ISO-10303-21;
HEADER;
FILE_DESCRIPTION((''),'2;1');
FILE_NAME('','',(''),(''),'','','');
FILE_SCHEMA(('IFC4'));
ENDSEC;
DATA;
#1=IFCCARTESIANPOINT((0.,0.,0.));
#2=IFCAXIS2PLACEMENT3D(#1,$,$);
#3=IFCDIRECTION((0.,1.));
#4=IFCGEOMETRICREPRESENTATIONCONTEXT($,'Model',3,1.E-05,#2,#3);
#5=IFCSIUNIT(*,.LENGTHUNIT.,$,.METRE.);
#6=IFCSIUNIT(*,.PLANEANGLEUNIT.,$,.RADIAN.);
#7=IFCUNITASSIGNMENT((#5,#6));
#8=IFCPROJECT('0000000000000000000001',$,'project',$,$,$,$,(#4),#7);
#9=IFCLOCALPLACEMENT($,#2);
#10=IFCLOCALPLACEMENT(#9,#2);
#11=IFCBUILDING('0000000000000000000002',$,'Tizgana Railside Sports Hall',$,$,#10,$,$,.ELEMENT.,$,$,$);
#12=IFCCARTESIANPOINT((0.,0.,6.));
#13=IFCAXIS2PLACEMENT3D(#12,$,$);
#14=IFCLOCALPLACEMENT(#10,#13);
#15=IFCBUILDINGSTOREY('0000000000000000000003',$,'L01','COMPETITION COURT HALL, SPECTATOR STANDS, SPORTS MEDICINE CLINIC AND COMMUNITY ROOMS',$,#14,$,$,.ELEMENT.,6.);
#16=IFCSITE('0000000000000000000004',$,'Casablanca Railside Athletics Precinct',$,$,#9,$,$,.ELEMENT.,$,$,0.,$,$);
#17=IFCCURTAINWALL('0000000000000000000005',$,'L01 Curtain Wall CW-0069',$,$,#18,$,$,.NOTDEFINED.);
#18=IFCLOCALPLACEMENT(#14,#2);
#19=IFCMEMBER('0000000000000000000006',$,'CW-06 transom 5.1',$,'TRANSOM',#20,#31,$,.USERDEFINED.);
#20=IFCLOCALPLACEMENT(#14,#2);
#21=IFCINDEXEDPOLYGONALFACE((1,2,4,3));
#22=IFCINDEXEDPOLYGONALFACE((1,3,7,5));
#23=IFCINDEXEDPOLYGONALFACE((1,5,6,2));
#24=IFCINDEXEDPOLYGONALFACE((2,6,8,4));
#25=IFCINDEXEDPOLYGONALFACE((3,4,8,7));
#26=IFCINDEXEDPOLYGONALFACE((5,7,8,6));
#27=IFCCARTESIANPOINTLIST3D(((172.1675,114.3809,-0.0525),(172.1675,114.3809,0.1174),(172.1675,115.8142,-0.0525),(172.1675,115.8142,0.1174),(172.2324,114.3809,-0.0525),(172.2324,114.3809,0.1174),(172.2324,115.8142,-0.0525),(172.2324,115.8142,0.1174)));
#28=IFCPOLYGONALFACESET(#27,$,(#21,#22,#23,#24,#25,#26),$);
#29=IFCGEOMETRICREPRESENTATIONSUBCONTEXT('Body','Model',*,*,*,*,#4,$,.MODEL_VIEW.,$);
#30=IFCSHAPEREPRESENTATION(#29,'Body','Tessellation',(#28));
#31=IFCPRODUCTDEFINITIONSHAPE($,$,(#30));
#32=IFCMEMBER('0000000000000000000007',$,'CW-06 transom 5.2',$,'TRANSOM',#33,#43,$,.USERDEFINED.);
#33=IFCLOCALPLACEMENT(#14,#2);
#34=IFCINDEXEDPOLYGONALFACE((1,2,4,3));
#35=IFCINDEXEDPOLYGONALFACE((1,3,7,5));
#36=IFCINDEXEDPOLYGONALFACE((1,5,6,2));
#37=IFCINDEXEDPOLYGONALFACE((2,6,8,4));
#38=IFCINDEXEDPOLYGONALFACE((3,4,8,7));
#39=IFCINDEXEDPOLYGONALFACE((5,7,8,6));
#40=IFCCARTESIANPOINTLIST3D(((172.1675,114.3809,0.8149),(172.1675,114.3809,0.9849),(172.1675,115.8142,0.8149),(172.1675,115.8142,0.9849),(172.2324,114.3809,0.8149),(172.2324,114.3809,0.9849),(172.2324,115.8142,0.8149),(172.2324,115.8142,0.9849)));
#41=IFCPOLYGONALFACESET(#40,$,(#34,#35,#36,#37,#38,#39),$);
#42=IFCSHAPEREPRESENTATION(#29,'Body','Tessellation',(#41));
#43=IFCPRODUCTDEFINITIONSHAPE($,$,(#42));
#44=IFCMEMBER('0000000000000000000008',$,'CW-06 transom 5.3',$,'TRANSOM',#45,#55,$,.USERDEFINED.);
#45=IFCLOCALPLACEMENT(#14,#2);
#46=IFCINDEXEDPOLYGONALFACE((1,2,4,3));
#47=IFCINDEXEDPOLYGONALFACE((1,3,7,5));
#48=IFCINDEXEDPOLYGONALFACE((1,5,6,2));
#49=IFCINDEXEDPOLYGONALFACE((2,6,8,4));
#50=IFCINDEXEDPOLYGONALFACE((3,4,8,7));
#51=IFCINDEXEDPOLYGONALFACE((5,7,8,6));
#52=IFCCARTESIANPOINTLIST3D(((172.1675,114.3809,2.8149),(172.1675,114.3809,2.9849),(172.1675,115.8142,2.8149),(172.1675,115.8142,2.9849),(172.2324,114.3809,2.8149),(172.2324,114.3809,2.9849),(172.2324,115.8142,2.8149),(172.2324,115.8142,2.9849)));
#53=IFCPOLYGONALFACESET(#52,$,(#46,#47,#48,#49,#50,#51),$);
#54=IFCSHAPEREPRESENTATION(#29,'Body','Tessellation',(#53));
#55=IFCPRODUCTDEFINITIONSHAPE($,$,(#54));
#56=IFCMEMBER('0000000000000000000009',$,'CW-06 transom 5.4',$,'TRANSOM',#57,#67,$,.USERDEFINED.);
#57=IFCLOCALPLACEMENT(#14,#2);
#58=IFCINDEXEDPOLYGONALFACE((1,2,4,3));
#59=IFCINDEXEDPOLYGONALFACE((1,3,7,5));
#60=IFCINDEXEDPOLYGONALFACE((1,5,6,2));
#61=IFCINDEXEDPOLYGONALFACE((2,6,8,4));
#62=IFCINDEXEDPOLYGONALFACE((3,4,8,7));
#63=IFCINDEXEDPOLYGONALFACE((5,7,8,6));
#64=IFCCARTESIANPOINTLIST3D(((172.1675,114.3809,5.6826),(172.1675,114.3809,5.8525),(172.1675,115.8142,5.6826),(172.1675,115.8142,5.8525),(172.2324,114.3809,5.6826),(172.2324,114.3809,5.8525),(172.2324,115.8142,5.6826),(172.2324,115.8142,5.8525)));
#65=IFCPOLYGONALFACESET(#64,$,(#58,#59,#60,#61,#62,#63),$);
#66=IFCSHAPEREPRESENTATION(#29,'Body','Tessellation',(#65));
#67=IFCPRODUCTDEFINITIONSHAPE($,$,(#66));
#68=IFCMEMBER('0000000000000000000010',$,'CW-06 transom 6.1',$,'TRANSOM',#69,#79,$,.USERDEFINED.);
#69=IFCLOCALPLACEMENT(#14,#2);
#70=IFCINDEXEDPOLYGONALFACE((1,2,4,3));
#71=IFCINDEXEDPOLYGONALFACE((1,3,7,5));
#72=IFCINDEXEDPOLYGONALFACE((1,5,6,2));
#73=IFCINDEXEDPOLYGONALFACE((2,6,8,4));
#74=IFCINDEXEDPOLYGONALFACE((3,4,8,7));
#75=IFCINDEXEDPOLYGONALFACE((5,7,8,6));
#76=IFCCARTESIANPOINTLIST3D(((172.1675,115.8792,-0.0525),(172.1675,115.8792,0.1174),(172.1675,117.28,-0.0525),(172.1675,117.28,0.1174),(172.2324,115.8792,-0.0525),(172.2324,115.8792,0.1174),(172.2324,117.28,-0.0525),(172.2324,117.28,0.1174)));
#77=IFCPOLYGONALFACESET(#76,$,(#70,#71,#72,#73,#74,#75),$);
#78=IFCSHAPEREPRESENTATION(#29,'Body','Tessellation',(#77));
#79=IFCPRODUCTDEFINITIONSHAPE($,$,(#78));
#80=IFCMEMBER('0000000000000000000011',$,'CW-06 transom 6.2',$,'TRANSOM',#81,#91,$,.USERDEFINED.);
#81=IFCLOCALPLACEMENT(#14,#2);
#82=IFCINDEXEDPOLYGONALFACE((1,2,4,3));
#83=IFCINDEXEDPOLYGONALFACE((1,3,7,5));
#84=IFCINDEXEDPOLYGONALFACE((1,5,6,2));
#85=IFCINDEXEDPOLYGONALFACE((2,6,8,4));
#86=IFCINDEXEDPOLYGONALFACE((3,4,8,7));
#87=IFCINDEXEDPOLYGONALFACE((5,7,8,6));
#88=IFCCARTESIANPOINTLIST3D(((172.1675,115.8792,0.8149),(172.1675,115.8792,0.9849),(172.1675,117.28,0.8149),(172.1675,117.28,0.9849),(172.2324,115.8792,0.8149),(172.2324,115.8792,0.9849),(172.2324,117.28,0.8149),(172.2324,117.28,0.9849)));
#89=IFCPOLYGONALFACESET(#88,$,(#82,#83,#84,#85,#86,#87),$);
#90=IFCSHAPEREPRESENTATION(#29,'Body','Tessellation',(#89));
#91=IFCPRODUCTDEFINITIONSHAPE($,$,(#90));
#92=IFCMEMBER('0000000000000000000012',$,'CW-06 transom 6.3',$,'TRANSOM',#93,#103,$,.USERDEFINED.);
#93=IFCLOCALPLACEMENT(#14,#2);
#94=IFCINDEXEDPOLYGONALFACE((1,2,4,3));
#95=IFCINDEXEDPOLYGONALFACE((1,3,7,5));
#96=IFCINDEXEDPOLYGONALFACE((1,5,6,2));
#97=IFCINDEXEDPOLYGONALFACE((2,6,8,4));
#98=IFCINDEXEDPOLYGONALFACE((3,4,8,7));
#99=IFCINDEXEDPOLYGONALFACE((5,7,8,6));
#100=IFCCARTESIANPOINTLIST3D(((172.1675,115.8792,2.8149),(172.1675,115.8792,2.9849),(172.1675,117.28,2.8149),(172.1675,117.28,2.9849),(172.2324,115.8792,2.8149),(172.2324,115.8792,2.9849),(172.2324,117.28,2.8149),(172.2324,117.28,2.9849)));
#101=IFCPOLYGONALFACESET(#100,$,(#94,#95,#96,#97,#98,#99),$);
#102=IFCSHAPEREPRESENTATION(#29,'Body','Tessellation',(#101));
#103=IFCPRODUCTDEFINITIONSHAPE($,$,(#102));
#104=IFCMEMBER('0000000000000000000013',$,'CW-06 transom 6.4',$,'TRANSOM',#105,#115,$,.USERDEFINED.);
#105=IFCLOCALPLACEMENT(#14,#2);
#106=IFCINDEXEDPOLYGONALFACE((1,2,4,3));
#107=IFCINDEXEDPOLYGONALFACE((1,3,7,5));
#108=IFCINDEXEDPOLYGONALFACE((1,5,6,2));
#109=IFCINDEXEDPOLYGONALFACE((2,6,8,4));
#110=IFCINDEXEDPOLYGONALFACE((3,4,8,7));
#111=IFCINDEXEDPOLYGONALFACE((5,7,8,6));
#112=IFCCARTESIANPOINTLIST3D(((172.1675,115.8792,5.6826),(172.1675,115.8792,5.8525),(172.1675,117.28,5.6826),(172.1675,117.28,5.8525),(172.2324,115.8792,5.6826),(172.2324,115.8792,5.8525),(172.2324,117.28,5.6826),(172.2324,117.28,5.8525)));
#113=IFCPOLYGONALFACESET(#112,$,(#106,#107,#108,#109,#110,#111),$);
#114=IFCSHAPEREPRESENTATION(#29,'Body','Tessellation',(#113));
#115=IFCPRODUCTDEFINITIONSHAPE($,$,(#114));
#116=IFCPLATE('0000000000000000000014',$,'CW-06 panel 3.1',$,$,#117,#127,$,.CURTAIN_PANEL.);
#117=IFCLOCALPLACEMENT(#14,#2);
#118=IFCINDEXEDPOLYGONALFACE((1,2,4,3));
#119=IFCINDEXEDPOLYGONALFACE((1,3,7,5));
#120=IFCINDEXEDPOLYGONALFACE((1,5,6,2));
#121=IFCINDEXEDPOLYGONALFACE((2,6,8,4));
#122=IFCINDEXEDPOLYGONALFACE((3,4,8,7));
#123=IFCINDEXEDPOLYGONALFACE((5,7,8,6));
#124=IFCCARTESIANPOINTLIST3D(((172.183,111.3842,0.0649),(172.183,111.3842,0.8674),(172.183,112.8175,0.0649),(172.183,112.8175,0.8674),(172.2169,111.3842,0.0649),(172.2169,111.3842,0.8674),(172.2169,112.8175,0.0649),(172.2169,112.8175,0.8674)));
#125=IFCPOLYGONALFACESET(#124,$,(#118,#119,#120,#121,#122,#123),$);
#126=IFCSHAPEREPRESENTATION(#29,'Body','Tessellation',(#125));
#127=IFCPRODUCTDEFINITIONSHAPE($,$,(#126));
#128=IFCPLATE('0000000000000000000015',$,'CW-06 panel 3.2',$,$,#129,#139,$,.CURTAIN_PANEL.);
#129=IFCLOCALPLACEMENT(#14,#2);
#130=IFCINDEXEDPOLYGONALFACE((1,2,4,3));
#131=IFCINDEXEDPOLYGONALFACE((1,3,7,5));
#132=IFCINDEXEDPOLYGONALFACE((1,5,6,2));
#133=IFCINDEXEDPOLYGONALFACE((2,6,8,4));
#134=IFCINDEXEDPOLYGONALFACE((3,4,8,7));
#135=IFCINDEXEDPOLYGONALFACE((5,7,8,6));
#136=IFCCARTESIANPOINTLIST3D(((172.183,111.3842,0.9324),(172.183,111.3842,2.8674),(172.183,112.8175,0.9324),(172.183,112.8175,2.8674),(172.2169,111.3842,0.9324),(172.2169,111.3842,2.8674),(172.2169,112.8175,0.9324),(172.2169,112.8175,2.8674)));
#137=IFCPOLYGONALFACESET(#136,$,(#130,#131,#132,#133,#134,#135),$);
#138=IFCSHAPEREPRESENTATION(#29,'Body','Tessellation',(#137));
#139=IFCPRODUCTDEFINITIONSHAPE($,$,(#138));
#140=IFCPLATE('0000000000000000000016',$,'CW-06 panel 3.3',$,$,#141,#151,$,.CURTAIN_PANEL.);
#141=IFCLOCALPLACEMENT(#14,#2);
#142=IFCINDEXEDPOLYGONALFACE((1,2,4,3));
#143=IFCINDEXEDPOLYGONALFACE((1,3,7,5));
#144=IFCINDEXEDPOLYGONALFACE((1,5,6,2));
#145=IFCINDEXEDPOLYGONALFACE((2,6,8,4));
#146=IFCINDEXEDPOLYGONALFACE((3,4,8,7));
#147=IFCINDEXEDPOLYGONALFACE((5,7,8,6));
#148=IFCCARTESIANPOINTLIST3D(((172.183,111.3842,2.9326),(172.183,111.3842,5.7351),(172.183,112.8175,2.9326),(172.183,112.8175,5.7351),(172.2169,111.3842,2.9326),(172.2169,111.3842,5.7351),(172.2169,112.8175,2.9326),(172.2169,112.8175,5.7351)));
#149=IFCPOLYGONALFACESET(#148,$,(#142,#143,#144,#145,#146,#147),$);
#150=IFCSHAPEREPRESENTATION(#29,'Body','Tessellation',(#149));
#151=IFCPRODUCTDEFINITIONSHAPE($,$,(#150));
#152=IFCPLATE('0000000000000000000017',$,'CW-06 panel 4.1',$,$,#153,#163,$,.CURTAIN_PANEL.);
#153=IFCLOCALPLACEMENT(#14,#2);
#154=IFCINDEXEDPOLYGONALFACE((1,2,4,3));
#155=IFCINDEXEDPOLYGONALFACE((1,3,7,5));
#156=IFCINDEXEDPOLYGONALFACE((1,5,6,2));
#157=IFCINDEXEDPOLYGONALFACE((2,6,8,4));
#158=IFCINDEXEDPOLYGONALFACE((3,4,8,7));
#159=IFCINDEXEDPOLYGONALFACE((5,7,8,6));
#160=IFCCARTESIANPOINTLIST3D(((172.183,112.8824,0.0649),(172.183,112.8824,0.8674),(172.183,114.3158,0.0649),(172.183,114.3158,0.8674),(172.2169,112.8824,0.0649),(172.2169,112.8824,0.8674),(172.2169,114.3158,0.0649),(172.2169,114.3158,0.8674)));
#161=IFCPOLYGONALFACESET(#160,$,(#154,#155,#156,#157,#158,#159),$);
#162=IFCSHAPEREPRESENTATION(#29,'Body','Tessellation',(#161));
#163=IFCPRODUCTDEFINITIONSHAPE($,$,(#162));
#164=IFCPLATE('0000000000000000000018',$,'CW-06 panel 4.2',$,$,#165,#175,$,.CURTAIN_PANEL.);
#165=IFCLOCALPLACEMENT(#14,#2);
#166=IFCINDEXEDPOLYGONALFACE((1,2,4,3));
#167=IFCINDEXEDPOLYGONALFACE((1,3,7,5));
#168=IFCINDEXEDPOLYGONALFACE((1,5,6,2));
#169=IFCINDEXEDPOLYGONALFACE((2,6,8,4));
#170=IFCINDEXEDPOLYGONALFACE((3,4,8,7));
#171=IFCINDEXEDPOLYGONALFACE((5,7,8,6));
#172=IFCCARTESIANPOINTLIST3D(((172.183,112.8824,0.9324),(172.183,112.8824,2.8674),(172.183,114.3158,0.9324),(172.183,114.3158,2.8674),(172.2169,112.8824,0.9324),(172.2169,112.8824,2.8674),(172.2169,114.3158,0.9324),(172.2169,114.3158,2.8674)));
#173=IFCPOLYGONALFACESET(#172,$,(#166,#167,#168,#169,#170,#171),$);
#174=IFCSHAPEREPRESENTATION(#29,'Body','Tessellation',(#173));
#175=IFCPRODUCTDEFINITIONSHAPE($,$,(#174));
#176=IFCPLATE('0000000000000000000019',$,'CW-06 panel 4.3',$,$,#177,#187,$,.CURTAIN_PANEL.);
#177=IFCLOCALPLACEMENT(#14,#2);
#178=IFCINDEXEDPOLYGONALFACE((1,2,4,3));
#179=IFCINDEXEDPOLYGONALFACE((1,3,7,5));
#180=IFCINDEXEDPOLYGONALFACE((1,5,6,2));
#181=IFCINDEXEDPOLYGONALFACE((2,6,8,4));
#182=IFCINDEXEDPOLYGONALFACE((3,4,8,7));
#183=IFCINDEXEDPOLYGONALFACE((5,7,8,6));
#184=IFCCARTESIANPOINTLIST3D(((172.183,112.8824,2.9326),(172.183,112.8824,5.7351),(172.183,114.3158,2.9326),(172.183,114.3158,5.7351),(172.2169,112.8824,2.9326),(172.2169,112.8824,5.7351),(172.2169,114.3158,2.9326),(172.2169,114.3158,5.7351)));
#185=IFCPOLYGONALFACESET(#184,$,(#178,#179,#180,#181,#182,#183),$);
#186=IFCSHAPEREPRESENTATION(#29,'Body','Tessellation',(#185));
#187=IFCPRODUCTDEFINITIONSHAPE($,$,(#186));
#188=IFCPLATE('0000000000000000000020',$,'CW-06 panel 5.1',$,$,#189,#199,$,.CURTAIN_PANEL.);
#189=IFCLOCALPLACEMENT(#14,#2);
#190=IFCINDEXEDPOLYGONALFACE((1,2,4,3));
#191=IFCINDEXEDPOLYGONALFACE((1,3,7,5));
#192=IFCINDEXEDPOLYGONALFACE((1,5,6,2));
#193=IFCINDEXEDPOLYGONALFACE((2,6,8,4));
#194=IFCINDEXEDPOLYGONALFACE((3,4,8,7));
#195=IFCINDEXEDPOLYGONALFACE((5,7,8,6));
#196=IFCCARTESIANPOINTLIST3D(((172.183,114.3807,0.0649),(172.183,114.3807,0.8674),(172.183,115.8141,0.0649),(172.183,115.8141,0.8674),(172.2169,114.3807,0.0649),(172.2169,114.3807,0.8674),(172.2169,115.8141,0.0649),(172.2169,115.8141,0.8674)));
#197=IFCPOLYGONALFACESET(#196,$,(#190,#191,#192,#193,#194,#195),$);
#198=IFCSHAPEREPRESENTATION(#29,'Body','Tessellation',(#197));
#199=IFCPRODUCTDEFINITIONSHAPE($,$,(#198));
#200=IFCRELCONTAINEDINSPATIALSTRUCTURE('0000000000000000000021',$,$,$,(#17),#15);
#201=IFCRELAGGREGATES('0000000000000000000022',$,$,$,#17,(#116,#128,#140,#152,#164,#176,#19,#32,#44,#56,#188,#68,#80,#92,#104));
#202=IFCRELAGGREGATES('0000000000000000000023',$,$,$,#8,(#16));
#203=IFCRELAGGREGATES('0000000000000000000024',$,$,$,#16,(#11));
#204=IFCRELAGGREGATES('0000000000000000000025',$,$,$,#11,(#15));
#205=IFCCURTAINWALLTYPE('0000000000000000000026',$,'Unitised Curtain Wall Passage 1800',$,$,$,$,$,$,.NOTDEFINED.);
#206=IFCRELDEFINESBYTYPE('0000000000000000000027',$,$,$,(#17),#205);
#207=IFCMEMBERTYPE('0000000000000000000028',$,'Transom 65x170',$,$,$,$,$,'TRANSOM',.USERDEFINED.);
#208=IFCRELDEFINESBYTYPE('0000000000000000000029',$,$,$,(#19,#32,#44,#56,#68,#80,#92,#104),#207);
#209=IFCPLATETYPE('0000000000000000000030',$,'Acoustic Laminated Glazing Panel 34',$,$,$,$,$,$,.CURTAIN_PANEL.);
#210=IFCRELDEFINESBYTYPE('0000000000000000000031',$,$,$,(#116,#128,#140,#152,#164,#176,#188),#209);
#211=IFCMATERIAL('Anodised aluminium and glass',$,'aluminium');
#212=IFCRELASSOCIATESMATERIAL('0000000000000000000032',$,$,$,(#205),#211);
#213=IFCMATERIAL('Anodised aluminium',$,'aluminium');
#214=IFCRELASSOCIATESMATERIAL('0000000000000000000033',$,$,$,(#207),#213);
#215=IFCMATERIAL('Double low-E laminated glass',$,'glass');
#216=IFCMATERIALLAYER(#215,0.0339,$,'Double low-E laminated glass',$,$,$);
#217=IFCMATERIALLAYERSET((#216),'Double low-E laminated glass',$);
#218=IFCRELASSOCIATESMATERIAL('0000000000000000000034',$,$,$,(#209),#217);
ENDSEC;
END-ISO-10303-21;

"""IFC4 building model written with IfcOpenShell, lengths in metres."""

from ifc_helpers import new_model, si_unit, direction, frame, origin, origin_2d, place, context, subcontext, project, spatial, rectangle, extrude, material, layer, layer_set, material_profile, profile_set, type_object, element, aggregate, save


model = new_model("IFC4")

# Units and contexts
model_context = context("Model", 3, precision=1e-05, world=origin(), true_north=direction((0.0, 1.0)))
body_context = subcontext(model_context, "Body", "Model", "MODEL_VIEW")
ifc_project = project(units=[si_unit("LENGTHUNIT", "METRE"), si_unit("PLANEANGLEUNIT", "RADIAN")], contexts=[model_context])

# Site, building, storey
site_placement = place(None, origin())
site = spatial("IfcSite", under=ifc_project, at=site_placement, Name="Casablanca Railside Athletics Precinct", CompositionType="ELEMENT", RefElevation=0.0)
building_placement = place(site_placement, origin())
building = spatial("IfcBuilding", under=site, at=building_placement, Name="Tizgana Railside Sports Hall", CompositionType="ELEMENT")
storey_placement = place(building_placement, frame((0.0, 0.0, 6.0)))
storey = spatial("IfcBuildingStorey", under=building, at=storey_placement, Name="L01", Description="COMPETITION COURT HALL, SPECTATOR STANDS, SPORTS MEDICINE CLINIC AND COMMUNITY ROOMS", CompositionType="ELEMENT", Elevation=6.0)

# Shared definitions
ifc_material_1 = material(Name="Anodised aluminium and glass", Category="aluminium")
ifc_material_2 = material(Name="Anodised aluminium", Category="aluminium")

# Curtain wall, members, plates
curtain_wall_type_1 = type_object("IfcCurtainWallType", Name="Unitised Curtain Wall Passage 1800", PredefinedType="NOTDEFINED", material=ifc_material_1)
curtain_wall_1_placement = place(storey_placement, origin())
curtain_wall_1 = element("IfcCurtainWall", 1, at=curtain_wall_1_placement, inside=storey, type_object=curtain_wall_type_1, Name="L01 Curtain Wall CW-0069", PredefinedType="NOTDEFINED")
ifc_material_profile_1 = material_profile(ifc_material_2, rectangle(XDim=0.0649, YDim=0.1699, at=origin_2d()), Name="Transom 65x170")
ifc_profile_set_1 = profile_set([ifc_material_profile_1], Name="Anodised aluminium")
member_type_1 = type_object("IfcMemberType", Name="Transom 65x170", ElementType="TRANSOM", PredefinedType="USERDEFINED", material=ifc_profile_set_1)
member_1_placement = place(storey_placement, frame((172.2, 114.3809, 0.0325), z_axis=(0.0, 1.0, 0.0), x_axis=(-1.0, 0.0, 0.0)))
member_1 = element("IfcMember", 2, at=member_1_placement, type_object=member_type_1, Name="CW-06 transom 5.1", ObjectType="TRANSOM", PredefinedType="USERDEFINED", context=body_context, shape_type="SweptSolid", body=[
    extrude(rectangle(XDim=0.0649, YDim=0.1699, at=origin_2d()), origin(), (0.0, 0.0, 1.0), 1.4333),
])
member_2_placement = place(storey_placement, frame((172.2, 114.3809, 0.8999), z_axis=(0.0, 1.0, 0.0), x_axis=(-1.0, 0.0, 0.0)))
member_2 = element("IfcMember", 3, at=member_2_placement, type_object=member_type_1, Name="CW-06 transom 5.2", ObjectType="TRANSOM", PredefinedType="USERDEFINED", context=body_context, shape_type="SweptSolid", body=[
    extrude(rectangle(XDim=0.0649, YDim=0.1699, at=origin_2d()), origin(), (0.0, 0.0, 1.0), 1.4333),
])
member_3_placement = place(storey_placement, frame((172.2, 114.3809, 2.8999), z_axis=(0.0, 1.0, 0.0), x_axis=(-1.0, 0.0, 0.0)))
member_3 = element("IfcMember", 4, at=member_3_placement, type_object=member_type_1, Name="CW-06 transom 5.3", ObjectType="TRANSOM", PredefinedType="USERDEFINED", context=body_context, shape_type="SweptSolid", body=[
    extrude(rectangle(XDim=0.0649, YDim=0.1699, at=origin_2d()), origin(), (0.0, 0.0, 1.0), 1.4333),
])
member_4_placement = place(storey_placement, frame((172.2, 114.3809, 5.7676), z_axis=(0.0, 1.0, 0.0), x_axis=(-1.0, 0.0, 0.0)))
member_4 = element("IfcMember", 5, at=member_4_placement, type_object=member_type_1, Name="CW-06 transom 5.4", ObjectType="TRANSOM", PredefinedType="USERDEFINED", context=body_context, shape_type="SweptSolid", body=[
    extrude(rectangle(XDim=0.0649, YDim=0.1699, at=origin_2d()), origin(), (0.0, 0.0, 1.0), 1.4333),
])
member_5_placement = place(storey_placement, frame((172.2, 115.8792, 0.0325), z_axis=(0.0, 1.0, 0.0), x_axis=(-1.0, 0.0, 0.0)))
member_5 = element("IfcMember", 6, at=member_5_placement, type_object=member_type_1, Name="CW-06 transom 6.1", ObjectType="TRANSOM", PredefinedType="USERDEFINED", context=body_context, shape_type="SweptSolid", body=[
    extrude(rectangle(XDim=0.0649, YDim=0.1699, at=origin_2d()), origin(), (0.0, 0.0, 1.0), 1.4009),
])
member_6_placement = place(storey_placement, frame((172.2, 115.8792, 0.8999), z_axis=(0.0, 1.0, 0.0), x_axis=(-1.0, 0.0, 0.0)))
member_6 = element("IfcMember", 7, at=member_6_placement, type_object=member_type_1, Name="CW-06 transom 6.2", ObjectType="TRANSOM", PredefinedType="USERDEFINED", context=body_context, shape_type="SweptSolid", body=[
    extrude(rectangle(XDim=0.0649, YDim=0.1699, at=origin_2d()), origin(), (0.0, 0.0, 1.0), 1.4009),
])
member_7_placement = place(storey_placement, frame((172.2, 115.8792, 2.8999), z_axis=(0.0, 1.0, 0.0), x_axis=(-1.0, 0.0, 0.0)))
member_7 = element("IfcMember", 8, at=member_7_placement, type_object=member_type_1, Name="CW-06 transom 6.3", ObjectType="TRANSOM", PredefinedType="USERDEFINED", context=body_context, shape_type="SweptSolid", body=[
    extrude(rectangle(XDim=0.0649, YDim=0.1699, at=origin_2d()), origin(), (0.0, 0.0, 1.0), 1.4009),
])
member_8_placement = place(storey_placement, frame((172.2, 115.8792, 5.7676), z_axis=(0.0, 1.0, 0.0), x_axis=(-1.0, 0.0, 0.0)))
member_8 = element("IfcMember", 9, at=member_8_placement, type_object=member_type_1, Name="CW-06 transom 6.4", ObjectType="TRANSOM", PredefinedType="USERDEFINED", context=body_context, shape_type="SweptSolid", body=[
    extrude(rectangle(XDim=0.0649, YDim=0.1699, at=origin_2d()), origin(), (0.0, 0.0, 1.0), 1.4009),
])
ifc_material_3 = material(Name="Double low-E laminated glass", Category="glass")
ifc_layer_1 = layer(ifc_material_3, 0.0339, Name="Double low-E laminated glass")
ifc_layer_set_1 = layer_set([ifc_layer_1], Name="Double low-E laminated glass")
plate_type = type_object("IfcPlateType", Name="Acoustic Laminated Glazing Panel 34", PredefinedType="CURTAIN_PANEL", material=ifc_layer_set_1)
plate_1_placement = place(storey_placement, frame((172.2, 112.1008, 0.0649), z_axis=(0.0, 0.0, 1.0), x_axis=(0.0, 1.0, 0.0)))
plate_1 = element("IfcPlate", 10, at=plate_1_placement, type_object=plate_type, Name="CW-06 panel 3.1", PredefinedType="CURTAIN_PANEL", context=body_context, shape_type="SweptSolid", body=[
    extrude(rectangle(XDim=1.4333, YDim=0.0339, at=origin_2d()), origin(), (0.0, 0.0, 1.0), 0.8025),
])
plate_2_placement = place(storey_placement, frame((172.2, 112.1008, 0.9324), z_axis=(0.0, 0.0, 1.0), x_axis=(0.0, 1.0, 0.0)))
plate_2 = element("IfcPlate", 11, at=plate_2_placement, type_object=plate_type, Name="CW-06 panel 3.2", PredefinedType="CURTAIN_PANEL", context=body_context, shape_type="SweptSolid", body=[
    extrude(rectangle(XDim=1.4333, YDim=0.0339, at=origin_2d()), origin(), (0.0, 0.0, 1.0), 1.9351),
])
plate_3_placement = place(storey_placement, frame((172.2, 112.1008, 2.9326), z_axis=(0.0, 0.0, 1.0), x_axis=(0.0, 1.0, 0.0)))
plate_3 = element("IfcPlate", 12, at=plate_3_placement, type_object=plate_type, Name="CW-06 panel 3.3", PredefinedType="CURTAIN_PANEL", context=body_context, shape_type="SweptSolid", body=[
    extrude(rectangle(XDim=1.4333, YDim=0.0339, at=origin_2d()), origin(), (0.0, 0.0, 1.0), 2.8025),
])
plate_4_placement = place(storey_placement, frame((172.2, 113.5991, 0.0649), z_axis=(0.0, 0.0, 1.0), x_axis=(0.0, 1.0, 0.0)))
plate_4 = element("IfcPlate", 13, at=plate_4_placement, type_object=plate_type, Name="CW-06 panel 4.1", PredefinedType="CURTAIN_PANEL", context=body_context, shape_type="SweptSolid", body=[
    extrude(rectangle(XDim=1.4333, YDim=0.0339, at=origin_2d()), origin(), (0.0, 0.0, 1.0), 0.8025),
])
plate_5_placement = place(storey_placement, frame((172.2, 113.5991, 0.9324), z_axis=(0.0, 0.0, 1.0), x_axis=(0.0, 1.0, 0.0)))
plate_5 = element("IfcPlate", 14, at=plate_5_placement, type_object=plate_type, Name="CW-06 panel 4.2", PredefinedType="CURTAIN_PANEL", context=body_context, shape_type="SweptSolid", body=[
    extrude(rectangle(XDim=1.4333, YDim=0.0339, at=origin_2d()), origin(), (0.0, 0.0, 1.0), 1.9351),
])
plate_6_placement = place(storey_placement, frame((172.2, 113.5991, 2.9326), z_axis=(0.0, 0.0, 1.0), x_axis=(0.0, 1.0, 0.0)))
plate_6 = element("IfcPlate", 15, at=plate_6_placement, type_object=plate_type, Name="CW-06 panel 4.3", PredefinedType="CURTAIN_PANEL", context=body_context, shape_type="SweptSolid", body=[
    extrude(rectangle(XDim=1.4333, YDim=0.0339, at=origin_2d()), origin(), (0.0, 0.0, 1.0), 2.8025),
])
plate_7_placement = place(storey_placement, frame((172.2, 115.0974, 0.0649), z_axis=(0.0, 0.0, 1.0), x_axis=(0.0, 1.0, 0.0)))
plate_7 = element("IfcPlate", 16, at=plate_7_placement, type_object=plate_type, Name="CW-06 panel 5.1", PredefinedType="CURTAIN_PANEL", context=body_context, shape_type="SweptSolid", body=[
    extrude(rectangle(XDim=1.4333, YDim=0.0339, at=origin_2d()), origin(), (0.0, 0.0, 1.0), 0.8025),
])
aggregate(curtain_wall_1, [plate_1, plate_2, plate_3, plate_4, plate_5, plate_6, member_1, member_2, member_3, member_4, plate_7, member_5, member_6, member_7, member_8])

save(model, "model.ifc")
